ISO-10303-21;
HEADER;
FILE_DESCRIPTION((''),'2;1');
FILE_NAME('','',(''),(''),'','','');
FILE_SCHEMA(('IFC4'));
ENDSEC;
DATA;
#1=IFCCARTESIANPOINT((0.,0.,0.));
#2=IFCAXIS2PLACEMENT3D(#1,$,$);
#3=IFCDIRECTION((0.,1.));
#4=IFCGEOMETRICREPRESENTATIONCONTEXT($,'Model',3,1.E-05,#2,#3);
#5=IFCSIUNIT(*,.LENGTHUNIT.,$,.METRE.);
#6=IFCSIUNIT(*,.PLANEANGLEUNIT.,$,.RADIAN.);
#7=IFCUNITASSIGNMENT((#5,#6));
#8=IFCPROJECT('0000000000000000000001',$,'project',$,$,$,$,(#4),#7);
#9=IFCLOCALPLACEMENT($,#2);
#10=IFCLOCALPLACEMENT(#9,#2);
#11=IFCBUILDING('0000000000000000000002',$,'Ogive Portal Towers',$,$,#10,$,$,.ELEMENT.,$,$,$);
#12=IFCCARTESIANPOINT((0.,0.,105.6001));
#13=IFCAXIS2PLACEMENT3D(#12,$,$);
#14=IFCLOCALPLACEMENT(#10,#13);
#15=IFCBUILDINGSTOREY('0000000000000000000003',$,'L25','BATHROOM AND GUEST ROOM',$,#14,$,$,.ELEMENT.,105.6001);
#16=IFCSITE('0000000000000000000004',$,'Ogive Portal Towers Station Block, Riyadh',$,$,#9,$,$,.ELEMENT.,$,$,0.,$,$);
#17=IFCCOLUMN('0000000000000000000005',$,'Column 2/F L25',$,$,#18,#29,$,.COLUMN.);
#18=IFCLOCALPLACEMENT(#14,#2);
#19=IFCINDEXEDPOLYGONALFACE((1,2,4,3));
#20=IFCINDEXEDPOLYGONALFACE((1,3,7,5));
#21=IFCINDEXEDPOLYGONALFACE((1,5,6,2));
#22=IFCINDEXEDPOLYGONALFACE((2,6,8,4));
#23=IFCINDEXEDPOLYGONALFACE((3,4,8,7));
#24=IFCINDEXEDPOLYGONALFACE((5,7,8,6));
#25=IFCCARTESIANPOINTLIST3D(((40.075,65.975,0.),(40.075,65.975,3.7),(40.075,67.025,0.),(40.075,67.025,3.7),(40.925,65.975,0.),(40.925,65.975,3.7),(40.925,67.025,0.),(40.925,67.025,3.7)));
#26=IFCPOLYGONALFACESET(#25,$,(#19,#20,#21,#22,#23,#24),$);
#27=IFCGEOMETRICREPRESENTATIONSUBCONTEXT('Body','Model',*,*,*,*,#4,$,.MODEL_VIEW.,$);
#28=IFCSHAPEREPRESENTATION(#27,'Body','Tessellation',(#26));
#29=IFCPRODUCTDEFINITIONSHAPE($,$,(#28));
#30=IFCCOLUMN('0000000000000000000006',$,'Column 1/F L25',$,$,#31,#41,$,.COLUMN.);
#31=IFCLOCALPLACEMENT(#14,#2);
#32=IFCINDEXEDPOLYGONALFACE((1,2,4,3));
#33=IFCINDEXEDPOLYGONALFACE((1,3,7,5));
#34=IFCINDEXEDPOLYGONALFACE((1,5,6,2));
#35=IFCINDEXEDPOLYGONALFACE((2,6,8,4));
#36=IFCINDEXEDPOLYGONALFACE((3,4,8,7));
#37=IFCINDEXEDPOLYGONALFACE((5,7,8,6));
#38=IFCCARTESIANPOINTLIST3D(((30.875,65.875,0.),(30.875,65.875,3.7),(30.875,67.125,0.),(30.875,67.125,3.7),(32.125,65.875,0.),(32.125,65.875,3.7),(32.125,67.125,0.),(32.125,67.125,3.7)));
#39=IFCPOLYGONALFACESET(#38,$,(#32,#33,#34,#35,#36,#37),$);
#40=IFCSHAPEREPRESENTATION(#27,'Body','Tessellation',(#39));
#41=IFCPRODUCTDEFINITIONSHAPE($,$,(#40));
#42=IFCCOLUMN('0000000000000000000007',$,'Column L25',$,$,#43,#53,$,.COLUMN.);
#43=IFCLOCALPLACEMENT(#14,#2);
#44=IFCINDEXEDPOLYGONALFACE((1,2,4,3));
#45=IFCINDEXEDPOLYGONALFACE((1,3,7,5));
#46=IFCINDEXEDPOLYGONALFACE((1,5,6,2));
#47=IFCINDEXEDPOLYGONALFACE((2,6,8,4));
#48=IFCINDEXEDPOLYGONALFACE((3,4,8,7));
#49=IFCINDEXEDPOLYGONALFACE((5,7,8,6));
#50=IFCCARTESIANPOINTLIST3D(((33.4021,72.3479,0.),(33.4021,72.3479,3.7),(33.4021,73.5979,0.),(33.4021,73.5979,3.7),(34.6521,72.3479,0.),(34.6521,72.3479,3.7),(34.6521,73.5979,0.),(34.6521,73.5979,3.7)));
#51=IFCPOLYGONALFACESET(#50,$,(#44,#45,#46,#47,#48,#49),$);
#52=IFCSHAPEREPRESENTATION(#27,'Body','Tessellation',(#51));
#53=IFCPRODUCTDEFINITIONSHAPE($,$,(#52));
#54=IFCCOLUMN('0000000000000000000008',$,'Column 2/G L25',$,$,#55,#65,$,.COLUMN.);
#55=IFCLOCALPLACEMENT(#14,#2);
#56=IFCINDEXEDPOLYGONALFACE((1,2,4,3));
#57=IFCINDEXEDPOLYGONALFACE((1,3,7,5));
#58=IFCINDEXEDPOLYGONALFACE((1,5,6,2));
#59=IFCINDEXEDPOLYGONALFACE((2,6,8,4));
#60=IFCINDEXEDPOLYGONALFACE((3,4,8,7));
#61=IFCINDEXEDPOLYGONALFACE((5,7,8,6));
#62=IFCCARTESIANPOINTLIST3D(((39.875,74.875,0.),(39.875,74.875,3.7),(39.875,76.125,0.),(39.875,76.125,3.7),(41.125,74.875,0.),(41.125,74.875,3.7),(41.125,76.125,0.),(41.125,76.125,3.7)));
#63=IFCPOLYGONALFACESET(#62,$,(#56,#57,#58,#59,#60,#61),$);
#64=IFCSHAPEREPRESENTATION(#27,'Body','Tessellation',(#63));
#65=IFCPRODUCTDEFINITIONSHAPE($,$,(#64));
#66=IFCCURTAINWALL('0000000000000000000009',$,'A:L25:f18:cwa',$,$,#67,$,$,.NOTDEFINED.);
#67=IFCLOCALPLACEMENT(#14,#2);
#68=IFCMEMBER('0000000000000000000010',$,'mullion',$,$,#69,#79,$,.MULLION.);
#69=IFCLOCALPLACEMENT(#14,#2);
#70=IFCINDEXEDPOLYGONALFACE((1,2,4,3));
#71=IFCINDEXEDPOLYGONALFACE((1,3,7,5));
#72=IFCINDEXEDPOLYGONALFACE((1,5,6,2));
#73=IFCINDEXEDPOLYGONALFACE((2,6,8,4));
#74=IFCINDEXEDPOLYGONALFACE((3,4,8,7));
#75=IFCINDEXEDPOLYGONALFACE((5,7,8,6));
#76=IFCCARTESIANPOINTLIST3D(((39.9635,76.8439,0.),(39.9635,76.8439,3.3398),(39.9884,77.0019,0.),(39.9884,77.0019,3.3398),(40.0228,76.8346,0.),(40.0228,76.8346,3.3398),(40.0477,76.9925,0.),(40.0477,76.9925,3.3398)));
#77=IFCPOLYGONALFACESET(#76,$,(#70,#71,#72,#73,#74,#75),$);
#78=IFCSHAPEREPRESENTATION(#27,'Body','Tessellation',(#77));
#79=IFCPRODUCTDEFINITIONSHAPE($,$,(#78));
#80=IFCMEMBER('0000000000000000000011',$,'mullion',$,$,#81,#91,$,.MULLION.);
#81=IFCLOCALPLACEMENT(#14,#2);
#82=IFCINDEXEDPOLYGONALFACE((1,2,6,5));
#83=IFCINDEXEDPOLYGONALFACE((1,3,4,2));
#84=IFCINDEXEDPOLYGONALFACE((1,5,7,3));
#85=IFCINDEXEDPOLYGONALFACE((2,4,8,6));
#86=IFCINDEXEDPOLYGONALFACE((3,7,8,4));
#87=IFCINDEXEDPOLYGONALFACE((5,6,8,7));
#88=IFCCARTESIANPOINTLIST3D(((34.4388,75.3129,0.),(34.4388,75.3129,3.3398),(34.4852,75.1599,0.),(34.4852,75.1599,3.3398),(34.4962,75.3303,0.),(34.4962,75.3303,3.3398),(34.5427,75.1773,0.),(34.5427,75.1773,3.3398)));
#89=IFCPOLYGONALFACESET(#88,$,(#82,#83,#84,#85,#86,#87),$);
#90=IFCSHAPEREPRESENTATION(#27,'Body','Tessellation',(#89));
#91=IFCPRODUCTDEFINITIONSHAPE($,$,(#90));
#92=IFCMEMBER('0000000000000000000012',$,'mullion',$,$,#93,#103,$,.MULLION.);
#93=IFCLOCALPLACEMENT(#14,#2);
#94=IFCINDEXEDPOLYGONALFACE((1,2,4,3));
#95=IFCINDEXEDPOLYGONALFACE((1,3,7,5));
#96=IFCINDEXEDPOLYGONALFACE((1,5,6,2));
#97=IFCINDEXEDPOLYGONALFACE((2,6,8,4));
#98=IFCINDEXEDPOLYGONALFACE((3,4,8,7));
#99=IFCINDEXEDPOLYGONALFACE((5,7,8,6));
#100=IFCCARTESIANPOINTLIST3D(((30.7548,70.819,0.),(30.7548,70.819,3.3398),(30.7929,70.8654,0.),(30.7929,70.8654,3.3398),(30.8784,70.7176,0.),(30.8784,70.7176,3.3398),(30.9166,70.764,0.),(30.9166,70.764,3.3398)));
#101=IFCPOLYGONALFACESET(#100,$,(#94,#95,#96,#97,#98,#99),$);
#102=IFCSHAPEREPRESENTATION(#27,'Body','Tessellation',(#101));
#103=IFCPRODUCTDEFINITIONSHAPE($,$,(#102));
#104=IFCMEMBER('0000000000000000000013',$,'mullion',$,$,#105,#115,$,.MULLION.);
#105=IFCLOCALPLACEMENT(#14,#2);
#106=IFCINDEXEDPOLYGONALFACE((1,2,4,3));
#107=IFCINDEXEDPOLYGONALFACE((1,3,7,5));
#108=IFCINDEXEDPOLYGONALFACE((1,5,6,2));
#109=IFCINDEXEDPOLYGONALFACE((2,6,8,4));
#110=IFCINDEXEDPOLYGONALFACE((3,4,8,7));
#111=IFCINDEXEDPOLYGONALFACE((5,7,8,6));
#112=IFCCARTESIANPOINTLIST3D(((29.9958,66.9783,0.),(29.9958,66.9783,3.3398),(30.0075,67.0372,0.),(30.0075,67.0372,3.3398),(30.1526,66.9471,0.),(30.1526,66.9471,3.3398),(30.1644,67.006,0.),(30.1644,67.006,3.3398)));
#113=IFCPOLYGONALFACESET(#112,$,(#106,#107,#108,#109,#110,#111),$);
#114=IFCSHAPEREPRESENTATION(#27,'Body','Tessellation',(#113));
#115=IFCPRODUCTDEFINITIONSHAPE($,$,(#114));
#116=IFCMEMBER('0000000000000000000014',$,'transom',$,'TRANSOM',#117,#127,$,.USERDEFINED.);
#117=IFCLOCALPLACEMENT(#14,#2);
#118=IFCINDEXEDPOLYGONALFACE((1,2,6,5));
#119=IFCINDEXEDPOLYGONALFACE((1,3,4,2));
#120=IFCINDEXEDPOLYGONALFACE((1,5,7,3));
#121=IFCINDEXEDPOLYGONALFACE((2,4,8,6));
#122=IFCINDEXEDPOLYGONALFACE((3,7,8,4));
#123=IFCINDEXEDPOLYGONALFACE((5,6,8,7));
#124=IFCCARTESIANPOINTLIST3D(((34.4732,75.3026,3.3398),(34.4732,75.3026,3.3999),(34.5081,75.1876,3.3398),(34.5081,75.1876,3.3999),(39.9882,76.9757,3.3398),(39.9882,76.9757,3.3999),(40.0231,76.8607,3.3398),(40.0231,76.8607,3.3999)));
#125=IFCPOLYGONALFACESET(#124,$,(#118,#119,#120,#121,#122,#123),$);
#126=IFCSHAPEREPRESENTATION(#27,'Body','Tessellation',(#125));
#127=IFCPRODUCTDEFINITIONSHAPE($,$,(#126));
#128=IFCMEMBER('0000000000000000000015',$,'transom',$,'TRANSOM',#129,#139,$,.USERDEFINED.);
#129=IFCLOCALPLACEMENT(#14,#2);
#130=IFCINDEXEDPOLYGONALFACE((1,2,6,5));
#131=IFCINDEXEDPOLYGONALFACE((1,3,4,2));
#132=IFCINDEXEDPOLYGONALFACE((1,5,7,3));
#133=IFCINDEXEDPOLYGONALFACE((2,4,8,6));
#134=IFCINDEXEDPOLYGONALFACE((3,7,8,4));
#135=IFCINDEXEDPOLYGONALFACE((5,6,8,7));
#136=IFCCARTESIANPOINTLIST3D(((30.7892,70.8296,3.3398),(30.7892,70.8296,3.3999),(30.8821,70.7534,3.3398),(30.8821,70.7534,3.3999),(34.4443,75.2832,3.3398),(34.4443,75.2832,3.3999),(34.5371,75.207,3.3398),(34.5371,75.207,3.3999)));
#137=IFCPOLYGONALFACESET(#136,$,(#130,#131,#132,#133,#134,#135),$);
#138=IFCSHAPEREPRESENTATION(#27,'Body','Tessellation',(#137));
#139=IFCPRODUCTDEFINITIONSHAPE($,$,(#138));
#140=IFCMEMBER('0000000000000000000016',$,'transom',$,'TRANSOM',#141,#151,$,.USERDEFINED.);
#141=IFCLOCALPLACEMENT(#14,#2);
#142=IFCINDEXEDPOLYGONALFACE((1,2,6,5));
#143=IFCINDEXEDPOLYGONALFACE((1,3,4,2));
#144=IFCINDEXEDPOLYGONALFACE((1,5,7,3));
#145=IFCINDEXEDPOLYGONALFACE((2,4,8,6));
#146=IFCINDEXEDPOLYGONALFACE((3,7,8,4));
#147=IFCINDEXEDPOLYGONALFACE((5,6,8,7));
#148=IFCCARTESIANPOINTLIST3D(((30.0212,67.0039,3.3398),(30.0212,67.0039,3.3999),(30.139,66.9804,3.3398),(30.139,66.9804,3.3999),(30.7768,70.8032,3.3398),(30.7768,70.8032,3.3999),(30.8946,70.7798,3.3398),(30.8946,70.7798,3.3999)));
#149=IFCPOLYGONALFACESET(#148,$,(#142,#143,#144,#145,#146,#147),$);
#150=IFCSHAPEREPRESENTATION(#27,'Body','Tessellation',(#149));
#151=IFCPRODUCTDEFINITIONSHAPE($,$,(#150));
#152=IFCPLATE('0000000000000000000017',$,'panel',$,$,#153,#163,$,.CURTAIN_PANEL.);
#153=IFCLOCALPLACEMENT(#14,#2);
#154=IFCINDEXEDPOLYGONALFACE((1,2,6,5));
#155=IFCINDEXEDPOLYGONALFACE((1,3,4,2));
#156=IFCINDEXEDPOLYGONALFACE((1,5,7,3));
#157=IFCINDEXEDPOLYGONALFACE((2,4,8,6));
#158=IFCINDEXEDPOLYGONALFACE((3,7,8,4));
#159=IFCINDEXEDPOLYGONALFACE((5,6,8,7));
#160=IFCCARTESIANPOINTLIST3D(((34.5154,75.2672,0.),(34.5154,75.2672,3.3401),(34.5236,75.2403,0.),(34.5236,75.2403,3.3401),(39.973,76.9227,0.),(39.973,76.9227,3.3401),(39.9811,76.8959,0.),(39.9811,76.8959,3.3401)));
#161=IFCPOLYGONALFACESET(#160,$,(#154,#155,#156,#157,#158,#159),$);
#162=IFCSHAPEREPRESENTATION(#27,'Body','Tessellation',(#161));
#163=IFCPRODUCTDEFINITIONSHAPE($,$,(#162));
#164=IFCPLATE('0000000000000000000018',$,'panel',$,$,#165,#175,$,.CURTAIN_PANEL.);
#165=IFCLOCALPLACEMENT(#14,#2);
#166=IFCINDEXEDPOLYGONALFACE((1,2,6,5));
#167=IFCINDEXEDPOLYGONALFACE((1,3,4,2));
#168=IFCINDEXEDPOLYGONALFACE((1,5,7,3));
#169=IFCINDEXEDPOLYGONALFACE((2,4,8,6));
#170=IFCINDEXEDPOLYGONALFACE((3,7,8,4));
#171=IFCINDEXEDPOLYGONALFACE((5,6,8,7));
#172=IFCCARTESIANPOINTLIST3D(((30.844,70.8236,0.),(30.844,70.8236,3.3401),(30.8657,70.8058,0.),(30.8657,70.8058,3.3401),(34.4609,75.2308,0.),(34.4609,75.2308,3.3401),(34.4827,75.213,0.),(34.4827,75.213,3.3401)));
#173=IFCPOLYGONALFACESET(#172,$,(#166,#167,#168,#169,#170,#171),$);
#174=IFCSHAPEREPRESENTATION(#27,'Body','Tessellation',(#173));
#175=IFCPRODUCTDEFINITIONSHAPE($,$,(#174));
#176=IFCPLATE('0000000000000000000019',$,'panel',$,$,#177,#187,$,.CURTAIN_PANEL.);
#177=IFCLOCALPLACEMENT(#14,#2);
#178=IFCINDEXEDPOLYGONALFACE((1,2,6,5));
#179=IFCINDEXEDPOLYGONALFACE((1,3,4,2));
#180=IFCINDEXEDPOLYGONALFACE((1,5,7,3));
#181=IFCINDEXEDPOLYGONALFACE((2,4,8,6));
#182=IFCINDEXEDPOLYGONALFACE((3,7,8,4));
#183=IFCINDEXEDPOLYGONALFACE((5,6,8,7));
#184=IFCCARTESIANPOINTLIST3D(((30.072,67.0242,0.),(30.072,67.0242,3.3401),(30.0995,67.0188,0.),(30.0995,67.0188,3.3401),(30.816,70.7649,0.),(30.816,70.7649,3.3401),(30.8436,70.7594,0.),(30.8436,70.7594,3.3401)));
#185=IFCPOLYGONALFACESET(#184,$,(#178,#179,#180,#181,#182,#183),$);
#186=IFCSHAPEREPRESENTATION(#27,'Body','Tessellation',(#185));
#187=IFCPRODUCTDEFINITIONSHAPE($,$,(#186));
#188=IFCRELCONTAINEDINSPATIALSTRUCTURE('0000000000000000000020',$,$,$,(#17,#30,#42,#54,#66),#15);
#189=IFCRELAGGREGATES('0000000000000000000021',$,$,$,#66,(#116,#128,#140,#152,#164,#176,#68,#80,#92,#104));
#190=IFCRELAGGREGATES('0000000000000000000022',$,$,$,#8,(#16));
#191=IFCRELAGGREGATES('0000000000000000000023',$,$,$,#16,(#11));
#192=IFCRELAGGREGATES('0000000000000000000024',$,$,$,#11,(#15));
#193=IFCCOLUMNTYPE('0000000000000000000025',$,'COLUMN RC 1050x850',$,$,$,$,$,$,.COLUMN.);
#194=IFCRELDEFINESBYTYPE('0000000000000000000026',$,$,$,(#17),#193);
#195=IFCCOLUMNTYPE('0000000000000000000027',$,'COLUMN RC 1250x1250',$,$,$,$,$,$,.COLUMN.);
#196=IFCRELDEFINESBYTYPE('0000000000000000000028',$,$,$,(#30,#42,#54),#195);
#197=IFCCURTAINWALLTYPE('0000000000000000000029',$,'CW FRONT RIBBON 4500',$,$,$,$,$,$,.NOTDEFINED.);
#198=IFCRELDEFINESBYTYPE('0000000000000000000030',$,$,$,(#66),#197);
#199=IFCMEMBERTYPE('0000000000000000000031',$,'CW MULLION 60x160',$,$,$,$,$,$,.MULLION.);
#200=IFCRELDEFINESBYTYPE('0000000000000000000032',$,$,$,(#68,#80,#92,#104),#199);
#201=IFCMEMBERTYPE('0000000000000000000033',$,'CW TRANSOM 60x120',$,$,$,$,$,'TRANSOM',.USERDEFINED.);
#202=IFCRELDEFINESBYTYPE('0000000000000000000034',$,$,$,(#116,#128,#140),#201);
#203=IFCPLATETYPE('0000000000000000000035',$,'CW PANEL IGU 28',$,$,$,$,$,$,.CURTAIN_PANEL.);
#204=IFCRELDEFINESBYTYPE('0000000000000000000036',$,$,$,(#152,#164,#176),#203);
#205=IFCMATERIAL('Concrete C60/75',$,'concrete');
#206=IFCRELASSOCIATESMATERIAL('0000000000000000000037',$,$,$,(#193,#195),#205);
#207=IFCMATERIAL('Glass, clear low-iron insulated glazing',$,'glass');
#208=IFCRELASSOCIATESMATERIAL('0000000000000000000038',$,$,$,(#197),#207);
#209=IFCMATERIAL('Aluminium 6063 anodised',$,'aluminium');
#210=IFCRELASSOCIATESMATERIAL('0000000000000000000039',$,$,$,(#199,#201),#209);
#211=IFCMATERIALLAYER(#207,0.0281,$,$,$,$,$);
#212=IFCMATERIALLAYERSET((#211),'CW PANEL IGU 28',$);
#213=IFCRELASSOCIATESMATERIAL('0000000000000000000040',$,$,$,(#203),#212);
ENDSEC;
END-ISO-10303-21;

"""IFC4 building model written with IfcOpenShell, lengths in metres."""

from ifc_helpers import new_model, si_unit, direction, frame, origin, origin_2d, place, context, subcontext, project, spatial, rectangle, extrude, material, layer, layer_set, material_profile, profile_set, type_object, element, aggregate, save


model = new_model("IFC4")

# Units and contexts
model_context = context("Model", 3, precision=1e-05, world=origin(), true_north=direction((0.0, 1.0)))
body_context = subcontext(model_context, "Body", "Model", "MODEL_VIEW")
ifc_project = project(units=[si_unit("LENGTHUNIT", "METRE"), si_unit("PLANEANGLEUNIT", "RADIAN")], contexts=[model_context])

# Site, building, storey
site_placement = place(None, origin())
site = spatial("IfcSite", under=ifc_project, at=site_placement, Name="Ogive Portal Towers Station Block, Riyadh", CompositionType="ELEMENT", RefElevation=0.0)
building_placement = place(site_placement, origin())
building = spatial("IfcBuilding", under=site, at=building_placement, Name="Ogive Portal Towers", CompositionType="ELEMENT")
storey_placement = place(building_placement, frame((0.0, 0.0, 105.6001)))
storey = spatial("IfcBuildingStorey", under=building, at=storey_placement, Name="L25", Description="BATHROOM AND GUEST ROOM", CompositionType="ELEMENT", Elevation=105.6001)

# Columns
ifc_material_1 = material(Name="Concrete C60/75", Category="concrete")
ifc_material_profile_1 = material_profile(ifc_material_1, rectangle(XDim=1.05, YDim=0.8501, at=origin_2d()), Name="RC 1050x850")
ifc_profile_set_1 = profile_set([ifc_material_profile_1], Name="Concrete C60/75")
column_type_1 = type_object("IfcColumnType", Name="COLUMN RC 1050x850", PredefinedType="COLUMN", material=ifc_profile_set_1)
column_placement = place(storey_placement, frame((40.5, 66.5, 0.0), z_axis=(0.0, 0.0, 1.0), x_axis=(0.0, 1.0, 0.0)))
element("IfcColumn", 1, at=column_placement, inside=storey, type_object=column_type_1, Name="Column 2/F L25", PredefinedType="COLUMN", context=body_context, shape_type="SweptSolid", body=[
    extrude(rectangle(XDim=1.05, YDim=0.8501, at=origin_2d()), origin(), (0.0, 0.0, 1.0), 3.7),
])
ifc_material_profile_2 = material_profile(ifc_material_1, rectangle(XDim=1.25, YDim=1.25, at=origin_2d()), Name="RC 1250x1250")
ifc_profile_set_2 = profile_set([ifc_material_profile_2], Name="Concrete C60/75")
column_type_2 = type_object("IfcColumnType", Name="COLUMN RC 1250x1250", PredefinedType="COLUMN", material=ifc_profile_set_2)
for number, where, z_axis, x_axis, name in (
    (2, (31.5, 66.5, 0.0), (0.0, 0.0, 1.0), (1.0, 0.0, 0.0), "Column 1/F L25"),
    (3, (34.0271, 72.9729, 0.0), (0.0, 0.0, 1.0), (1.0, 0.0, 0.0), "Column L25"),
    (4, (40.5, 75.5, 0.0), (0.0, 0.0, 1.0), (1.0, 0.0, 0.0), "Column 2/G L25"),
):
    element("IfcColumn", number, at=place(storey_placement, frame(where, z_axis=z_axis, x_axis=x_axis)), inside=storey, type_object=column_type_2, Name=name, PredefinedType="COLUMN", context=body_context, shape_type="SweptSolid", body=[
        extrude(rectangle(XDim=1.25, YDim=1.25, at=origin_2d()), origin(), (0.0, 0.0, 1.0), 3.7),
    ])

# Curtain wall, members, plates
ifc_material_2 = material(Name="Glass, clear low-iron insulated glazing", Category="glass")
curtain_wall_type = type_object("IfcCurtainWallType", Name="CW FRONT RIBBON 4500", PredefinedType="NOTDEFINED", material=ifc_material_2)
curtain_wall_placement = place(storey_placement, origin())
curtain_wall = element("IfcCurtainWall", 5, at=curtain_wall_placement, inside=storey, type_object=curtain_wall_type, Name="A:L25:f18:cwa", PredefinedType="NOTDEFINED")
ifc_material_3 = material(Name="Aluminium 6063 anodised", Category="aluminium")
ifc_material_profile_3 = material_profile(ifc_material_3, rectangle(XDim=0.1599, YDim=0.0601, at=origin_2d()), Name="AL 60x160")
ifc_profile_set_3 = profile_set([ifc_material_profile_3], Name="Aluminium 6063 anodised")
member_type_1 = type_object("IfcMemberType", Name="CW MULLION 60x160", PredefinedType="MULLION", material=ifc_profile_set_3)
member_1_placement = place(storey_placement, frame((40.0056, 76.9182, 0.0), z_axis=(0.0, 0.0, 1.0), x_axis=(-0.155777, -0.987792, 0.0)))
member_1 = element("IfcMember", 6, at=member_1_placement, type_object=member_type_1, Name="mullion", PredefinedType="MULLION", context=body_context, shape_type="SweptSolid", body=[
    extrude(rectangle(XDim=0.1599, YDim=0.0601, at=origin_2d()), origin(), (0.0, 0.0, 1.0), 3.3398),
])
member_2_placement = place(storey_placement, frame((34.4907, 75.2451, 0.0), z_axis=(0.0, 0.0, 1.0), x_axis=(0.290285, -0.95694, 0.0)))
member_2 = element("IfcMember", 7, at=member_2_placement, type_object=member_type_1, Name="mullion", PredefinedType="MULLION", context=body_context, shape_type="SweptSolid", body=[
    extrude(rectangle(XDim=0.1599, YDim=0.0601, at=origin_2d()), origin(), (0.0, 0.0, 1.0), 3.3398),
])
member_3_placement = place(storey_placement, frame((30.8357, 70.7915, 0.0), z_axis=(0.0, 0.0, 1.0), x_axis=(0.77301, -0.634393, 0.0)))
member_3 = element("IfcMember", 8, at=member_3_placement, type_object=member_type_1, Name="mullion", PredefinedType="MULLION", context=body_context, shape_type="SweptSolid", body=[
    extrude(rectangle(XDim=0.1599, YDim=0.0601, at=origin_2d()), origin(), (0.0, 0.0, 1.0), 3.3398),
])
member_4_placement = place(storey_placement, frame((30.0801, 66.9922, 0.0), z_axis=(0.0, 0.0, 1.0), x_axis=(0.980785, -0.19509, 0.0)))
member_4 = element("IfcMember", 9, at=member_4_placement, type_object=member_type_1, Name="mullion", PredefinedType="MULLION", context=body_context, shape_type="SweptSolid", body=[
    extrude(rectangle(XDim=0.1599, YDim=0.0601, at=origin_2d()), origin(), (0.0, 0.0, 1.0), 3.3398),
])
ifc_material_profile_4 = material_profile(ifc_material_3, rectangle(XDim=0.1201, YDim=0.0601, at=origin_2d()), Name="AL 120x60")
ifc_profile_set_4 = profile_set([ifc_material_profile_4], Name="Aluminium 6063 anodised")
member_type_2 = type_object("IfcMemberType", Name="CW TRANSOM 60x120", ElementType="TRANSOM", PredefinedType="USERDEFINED", material=ifc_profile_set_4)
member_5_placement = place(storey_placement, frame((40.0056, 76.9182, 3.3699), z_axis=(-0.956932, -0.290312, 0.0), x_axis=(0.290312, -0.956932, 0.0)))
member_5 = element("IfcMember", 10, at=member_5_placement, type_object=member_type_2, Name="transom", ObjectType="TRANSOM", PredefinedType="USERDEFINED", context=body_context, shape_type="SweptSolid", body=[
    extrude(rectangle(XDim=0.1201, YDim=0.0601, at=origin_2d()), origin(), (0.0, 0.0, 1.0), 5.7632),
])
member_6_placement = place(storey_placement, frame((34.4907, 75.2451, 3.3699), z_axis=(-0.634398, -0.773007, 0.0), x_axis=(0.773007, -0.634398, 0.0)))
member_6 = element("IfcMember", 11, at=member_6_placement, type_object=member_type_2, Name="transom", ObjectType="TRANSOM", PredefinedType="USERDEFINED", context=body_context, shape_type="SweptSolid", body=[
    extrude(rectangle(XDim=0.1201, YDim=0.0601, at=origin_2d()), origin(), (0.0, 0.0, 1.0), 5.7615),
])
member_7_placement = place(storey_placement, frame((30.8357, 70.7915, 3.3699), z_axis=(-0.195062, -0.980791, 0.0), x_axis=(0.980791, -0.195062, 0.0)))
member_7 = element("IfcMember", 12, at=member_7_placement, type_object=member_type_2, Name="transom", ObjectType="TRANSOM", PredefinedType="USERDEFINED", context=body_context, shape_type="SweptSolid", body=[
    extrude(rectangle(XDim=0.1201, YDim=0.0601, at=origin_2d()), origin(), (0.0, 0.0, 1.0), 3.8738),
])
ifc_layer_1 = layer(ifc_material_2, 0.0281)
ifc_layer_set_1 = layer_set([ifc_layer_1], Name="CW PANEL IGU 28")
plate_type = type_object("IfcPlateType", Name="CW PANEL IGU 28", PredefinedType="CURTAIN_PANEL", material=ifc_layer_set_1)
plate_1_placement = place(storey_placement, frame((37.2483, 76.0815, 0.0), z_axis=(0.0, 0.0, 1.0), x_axis=(-0.95694, -0.290285, 0.0)))
plate_1 = element("IfcPlate", 13, at=plate_1_placement, type_object=plate_type, Name="panel", PredefinedType="CURTAIN_PANEL", context=body_context, shape_type="SweptSolid", body=[
    extrude(rectangle(XDim=5.7031, YDim=0.0281, at=origin_2d()), origin(), (0.0, 0.0, 1.0), 3.3401),
])
plate_2_placement = place(storey_placement, frame((32.6633, 73.0183, 0.0), z_axis=(0.0, 0.0, 1.0), x_axis=(-0.634393, -0.77301, 0.0)))
plate_2 = element("IfcPlate", 14, at=plate_2_placement, type_object=plate_type, Name="panel", PredefinedType="CURTAIN_PANEL", context=body_context, shape_type="SweptSolid", body=[
    extrude(rectangle(XDim=5.7014, YDim=0.0281, at=origin_2d()), origin(), (0.0, 0.0, 1.0), 3.3401),
])
plate_3_placement = place(storey_placement, frame((30.4578, 68.8918, 0.0), z_axis=(0.0, 0.0, 1.0), x_axis=(-0.19509, -0.980785, 0.0)))
plate_3 = element("IfcPlate", 15, at=plate_3_placement, type_object=plate_type, Name="panel", PredefinedType="CURTAIN_PANEL", context=body_context, shape_type="SweptSolid", body=[
    extrude(rectangle(XDim=3.814, YDim=0.0281, at=origin_2d()), origin(), (0.0, 0.0, 1.0), 3.3401),
])
aggregate(curtain_wall, [member_5, member_6, member_7, plate_1, plate_2, plate_3, member_1, member_2, member_3, member_4])

save(model, "model.ifc")
